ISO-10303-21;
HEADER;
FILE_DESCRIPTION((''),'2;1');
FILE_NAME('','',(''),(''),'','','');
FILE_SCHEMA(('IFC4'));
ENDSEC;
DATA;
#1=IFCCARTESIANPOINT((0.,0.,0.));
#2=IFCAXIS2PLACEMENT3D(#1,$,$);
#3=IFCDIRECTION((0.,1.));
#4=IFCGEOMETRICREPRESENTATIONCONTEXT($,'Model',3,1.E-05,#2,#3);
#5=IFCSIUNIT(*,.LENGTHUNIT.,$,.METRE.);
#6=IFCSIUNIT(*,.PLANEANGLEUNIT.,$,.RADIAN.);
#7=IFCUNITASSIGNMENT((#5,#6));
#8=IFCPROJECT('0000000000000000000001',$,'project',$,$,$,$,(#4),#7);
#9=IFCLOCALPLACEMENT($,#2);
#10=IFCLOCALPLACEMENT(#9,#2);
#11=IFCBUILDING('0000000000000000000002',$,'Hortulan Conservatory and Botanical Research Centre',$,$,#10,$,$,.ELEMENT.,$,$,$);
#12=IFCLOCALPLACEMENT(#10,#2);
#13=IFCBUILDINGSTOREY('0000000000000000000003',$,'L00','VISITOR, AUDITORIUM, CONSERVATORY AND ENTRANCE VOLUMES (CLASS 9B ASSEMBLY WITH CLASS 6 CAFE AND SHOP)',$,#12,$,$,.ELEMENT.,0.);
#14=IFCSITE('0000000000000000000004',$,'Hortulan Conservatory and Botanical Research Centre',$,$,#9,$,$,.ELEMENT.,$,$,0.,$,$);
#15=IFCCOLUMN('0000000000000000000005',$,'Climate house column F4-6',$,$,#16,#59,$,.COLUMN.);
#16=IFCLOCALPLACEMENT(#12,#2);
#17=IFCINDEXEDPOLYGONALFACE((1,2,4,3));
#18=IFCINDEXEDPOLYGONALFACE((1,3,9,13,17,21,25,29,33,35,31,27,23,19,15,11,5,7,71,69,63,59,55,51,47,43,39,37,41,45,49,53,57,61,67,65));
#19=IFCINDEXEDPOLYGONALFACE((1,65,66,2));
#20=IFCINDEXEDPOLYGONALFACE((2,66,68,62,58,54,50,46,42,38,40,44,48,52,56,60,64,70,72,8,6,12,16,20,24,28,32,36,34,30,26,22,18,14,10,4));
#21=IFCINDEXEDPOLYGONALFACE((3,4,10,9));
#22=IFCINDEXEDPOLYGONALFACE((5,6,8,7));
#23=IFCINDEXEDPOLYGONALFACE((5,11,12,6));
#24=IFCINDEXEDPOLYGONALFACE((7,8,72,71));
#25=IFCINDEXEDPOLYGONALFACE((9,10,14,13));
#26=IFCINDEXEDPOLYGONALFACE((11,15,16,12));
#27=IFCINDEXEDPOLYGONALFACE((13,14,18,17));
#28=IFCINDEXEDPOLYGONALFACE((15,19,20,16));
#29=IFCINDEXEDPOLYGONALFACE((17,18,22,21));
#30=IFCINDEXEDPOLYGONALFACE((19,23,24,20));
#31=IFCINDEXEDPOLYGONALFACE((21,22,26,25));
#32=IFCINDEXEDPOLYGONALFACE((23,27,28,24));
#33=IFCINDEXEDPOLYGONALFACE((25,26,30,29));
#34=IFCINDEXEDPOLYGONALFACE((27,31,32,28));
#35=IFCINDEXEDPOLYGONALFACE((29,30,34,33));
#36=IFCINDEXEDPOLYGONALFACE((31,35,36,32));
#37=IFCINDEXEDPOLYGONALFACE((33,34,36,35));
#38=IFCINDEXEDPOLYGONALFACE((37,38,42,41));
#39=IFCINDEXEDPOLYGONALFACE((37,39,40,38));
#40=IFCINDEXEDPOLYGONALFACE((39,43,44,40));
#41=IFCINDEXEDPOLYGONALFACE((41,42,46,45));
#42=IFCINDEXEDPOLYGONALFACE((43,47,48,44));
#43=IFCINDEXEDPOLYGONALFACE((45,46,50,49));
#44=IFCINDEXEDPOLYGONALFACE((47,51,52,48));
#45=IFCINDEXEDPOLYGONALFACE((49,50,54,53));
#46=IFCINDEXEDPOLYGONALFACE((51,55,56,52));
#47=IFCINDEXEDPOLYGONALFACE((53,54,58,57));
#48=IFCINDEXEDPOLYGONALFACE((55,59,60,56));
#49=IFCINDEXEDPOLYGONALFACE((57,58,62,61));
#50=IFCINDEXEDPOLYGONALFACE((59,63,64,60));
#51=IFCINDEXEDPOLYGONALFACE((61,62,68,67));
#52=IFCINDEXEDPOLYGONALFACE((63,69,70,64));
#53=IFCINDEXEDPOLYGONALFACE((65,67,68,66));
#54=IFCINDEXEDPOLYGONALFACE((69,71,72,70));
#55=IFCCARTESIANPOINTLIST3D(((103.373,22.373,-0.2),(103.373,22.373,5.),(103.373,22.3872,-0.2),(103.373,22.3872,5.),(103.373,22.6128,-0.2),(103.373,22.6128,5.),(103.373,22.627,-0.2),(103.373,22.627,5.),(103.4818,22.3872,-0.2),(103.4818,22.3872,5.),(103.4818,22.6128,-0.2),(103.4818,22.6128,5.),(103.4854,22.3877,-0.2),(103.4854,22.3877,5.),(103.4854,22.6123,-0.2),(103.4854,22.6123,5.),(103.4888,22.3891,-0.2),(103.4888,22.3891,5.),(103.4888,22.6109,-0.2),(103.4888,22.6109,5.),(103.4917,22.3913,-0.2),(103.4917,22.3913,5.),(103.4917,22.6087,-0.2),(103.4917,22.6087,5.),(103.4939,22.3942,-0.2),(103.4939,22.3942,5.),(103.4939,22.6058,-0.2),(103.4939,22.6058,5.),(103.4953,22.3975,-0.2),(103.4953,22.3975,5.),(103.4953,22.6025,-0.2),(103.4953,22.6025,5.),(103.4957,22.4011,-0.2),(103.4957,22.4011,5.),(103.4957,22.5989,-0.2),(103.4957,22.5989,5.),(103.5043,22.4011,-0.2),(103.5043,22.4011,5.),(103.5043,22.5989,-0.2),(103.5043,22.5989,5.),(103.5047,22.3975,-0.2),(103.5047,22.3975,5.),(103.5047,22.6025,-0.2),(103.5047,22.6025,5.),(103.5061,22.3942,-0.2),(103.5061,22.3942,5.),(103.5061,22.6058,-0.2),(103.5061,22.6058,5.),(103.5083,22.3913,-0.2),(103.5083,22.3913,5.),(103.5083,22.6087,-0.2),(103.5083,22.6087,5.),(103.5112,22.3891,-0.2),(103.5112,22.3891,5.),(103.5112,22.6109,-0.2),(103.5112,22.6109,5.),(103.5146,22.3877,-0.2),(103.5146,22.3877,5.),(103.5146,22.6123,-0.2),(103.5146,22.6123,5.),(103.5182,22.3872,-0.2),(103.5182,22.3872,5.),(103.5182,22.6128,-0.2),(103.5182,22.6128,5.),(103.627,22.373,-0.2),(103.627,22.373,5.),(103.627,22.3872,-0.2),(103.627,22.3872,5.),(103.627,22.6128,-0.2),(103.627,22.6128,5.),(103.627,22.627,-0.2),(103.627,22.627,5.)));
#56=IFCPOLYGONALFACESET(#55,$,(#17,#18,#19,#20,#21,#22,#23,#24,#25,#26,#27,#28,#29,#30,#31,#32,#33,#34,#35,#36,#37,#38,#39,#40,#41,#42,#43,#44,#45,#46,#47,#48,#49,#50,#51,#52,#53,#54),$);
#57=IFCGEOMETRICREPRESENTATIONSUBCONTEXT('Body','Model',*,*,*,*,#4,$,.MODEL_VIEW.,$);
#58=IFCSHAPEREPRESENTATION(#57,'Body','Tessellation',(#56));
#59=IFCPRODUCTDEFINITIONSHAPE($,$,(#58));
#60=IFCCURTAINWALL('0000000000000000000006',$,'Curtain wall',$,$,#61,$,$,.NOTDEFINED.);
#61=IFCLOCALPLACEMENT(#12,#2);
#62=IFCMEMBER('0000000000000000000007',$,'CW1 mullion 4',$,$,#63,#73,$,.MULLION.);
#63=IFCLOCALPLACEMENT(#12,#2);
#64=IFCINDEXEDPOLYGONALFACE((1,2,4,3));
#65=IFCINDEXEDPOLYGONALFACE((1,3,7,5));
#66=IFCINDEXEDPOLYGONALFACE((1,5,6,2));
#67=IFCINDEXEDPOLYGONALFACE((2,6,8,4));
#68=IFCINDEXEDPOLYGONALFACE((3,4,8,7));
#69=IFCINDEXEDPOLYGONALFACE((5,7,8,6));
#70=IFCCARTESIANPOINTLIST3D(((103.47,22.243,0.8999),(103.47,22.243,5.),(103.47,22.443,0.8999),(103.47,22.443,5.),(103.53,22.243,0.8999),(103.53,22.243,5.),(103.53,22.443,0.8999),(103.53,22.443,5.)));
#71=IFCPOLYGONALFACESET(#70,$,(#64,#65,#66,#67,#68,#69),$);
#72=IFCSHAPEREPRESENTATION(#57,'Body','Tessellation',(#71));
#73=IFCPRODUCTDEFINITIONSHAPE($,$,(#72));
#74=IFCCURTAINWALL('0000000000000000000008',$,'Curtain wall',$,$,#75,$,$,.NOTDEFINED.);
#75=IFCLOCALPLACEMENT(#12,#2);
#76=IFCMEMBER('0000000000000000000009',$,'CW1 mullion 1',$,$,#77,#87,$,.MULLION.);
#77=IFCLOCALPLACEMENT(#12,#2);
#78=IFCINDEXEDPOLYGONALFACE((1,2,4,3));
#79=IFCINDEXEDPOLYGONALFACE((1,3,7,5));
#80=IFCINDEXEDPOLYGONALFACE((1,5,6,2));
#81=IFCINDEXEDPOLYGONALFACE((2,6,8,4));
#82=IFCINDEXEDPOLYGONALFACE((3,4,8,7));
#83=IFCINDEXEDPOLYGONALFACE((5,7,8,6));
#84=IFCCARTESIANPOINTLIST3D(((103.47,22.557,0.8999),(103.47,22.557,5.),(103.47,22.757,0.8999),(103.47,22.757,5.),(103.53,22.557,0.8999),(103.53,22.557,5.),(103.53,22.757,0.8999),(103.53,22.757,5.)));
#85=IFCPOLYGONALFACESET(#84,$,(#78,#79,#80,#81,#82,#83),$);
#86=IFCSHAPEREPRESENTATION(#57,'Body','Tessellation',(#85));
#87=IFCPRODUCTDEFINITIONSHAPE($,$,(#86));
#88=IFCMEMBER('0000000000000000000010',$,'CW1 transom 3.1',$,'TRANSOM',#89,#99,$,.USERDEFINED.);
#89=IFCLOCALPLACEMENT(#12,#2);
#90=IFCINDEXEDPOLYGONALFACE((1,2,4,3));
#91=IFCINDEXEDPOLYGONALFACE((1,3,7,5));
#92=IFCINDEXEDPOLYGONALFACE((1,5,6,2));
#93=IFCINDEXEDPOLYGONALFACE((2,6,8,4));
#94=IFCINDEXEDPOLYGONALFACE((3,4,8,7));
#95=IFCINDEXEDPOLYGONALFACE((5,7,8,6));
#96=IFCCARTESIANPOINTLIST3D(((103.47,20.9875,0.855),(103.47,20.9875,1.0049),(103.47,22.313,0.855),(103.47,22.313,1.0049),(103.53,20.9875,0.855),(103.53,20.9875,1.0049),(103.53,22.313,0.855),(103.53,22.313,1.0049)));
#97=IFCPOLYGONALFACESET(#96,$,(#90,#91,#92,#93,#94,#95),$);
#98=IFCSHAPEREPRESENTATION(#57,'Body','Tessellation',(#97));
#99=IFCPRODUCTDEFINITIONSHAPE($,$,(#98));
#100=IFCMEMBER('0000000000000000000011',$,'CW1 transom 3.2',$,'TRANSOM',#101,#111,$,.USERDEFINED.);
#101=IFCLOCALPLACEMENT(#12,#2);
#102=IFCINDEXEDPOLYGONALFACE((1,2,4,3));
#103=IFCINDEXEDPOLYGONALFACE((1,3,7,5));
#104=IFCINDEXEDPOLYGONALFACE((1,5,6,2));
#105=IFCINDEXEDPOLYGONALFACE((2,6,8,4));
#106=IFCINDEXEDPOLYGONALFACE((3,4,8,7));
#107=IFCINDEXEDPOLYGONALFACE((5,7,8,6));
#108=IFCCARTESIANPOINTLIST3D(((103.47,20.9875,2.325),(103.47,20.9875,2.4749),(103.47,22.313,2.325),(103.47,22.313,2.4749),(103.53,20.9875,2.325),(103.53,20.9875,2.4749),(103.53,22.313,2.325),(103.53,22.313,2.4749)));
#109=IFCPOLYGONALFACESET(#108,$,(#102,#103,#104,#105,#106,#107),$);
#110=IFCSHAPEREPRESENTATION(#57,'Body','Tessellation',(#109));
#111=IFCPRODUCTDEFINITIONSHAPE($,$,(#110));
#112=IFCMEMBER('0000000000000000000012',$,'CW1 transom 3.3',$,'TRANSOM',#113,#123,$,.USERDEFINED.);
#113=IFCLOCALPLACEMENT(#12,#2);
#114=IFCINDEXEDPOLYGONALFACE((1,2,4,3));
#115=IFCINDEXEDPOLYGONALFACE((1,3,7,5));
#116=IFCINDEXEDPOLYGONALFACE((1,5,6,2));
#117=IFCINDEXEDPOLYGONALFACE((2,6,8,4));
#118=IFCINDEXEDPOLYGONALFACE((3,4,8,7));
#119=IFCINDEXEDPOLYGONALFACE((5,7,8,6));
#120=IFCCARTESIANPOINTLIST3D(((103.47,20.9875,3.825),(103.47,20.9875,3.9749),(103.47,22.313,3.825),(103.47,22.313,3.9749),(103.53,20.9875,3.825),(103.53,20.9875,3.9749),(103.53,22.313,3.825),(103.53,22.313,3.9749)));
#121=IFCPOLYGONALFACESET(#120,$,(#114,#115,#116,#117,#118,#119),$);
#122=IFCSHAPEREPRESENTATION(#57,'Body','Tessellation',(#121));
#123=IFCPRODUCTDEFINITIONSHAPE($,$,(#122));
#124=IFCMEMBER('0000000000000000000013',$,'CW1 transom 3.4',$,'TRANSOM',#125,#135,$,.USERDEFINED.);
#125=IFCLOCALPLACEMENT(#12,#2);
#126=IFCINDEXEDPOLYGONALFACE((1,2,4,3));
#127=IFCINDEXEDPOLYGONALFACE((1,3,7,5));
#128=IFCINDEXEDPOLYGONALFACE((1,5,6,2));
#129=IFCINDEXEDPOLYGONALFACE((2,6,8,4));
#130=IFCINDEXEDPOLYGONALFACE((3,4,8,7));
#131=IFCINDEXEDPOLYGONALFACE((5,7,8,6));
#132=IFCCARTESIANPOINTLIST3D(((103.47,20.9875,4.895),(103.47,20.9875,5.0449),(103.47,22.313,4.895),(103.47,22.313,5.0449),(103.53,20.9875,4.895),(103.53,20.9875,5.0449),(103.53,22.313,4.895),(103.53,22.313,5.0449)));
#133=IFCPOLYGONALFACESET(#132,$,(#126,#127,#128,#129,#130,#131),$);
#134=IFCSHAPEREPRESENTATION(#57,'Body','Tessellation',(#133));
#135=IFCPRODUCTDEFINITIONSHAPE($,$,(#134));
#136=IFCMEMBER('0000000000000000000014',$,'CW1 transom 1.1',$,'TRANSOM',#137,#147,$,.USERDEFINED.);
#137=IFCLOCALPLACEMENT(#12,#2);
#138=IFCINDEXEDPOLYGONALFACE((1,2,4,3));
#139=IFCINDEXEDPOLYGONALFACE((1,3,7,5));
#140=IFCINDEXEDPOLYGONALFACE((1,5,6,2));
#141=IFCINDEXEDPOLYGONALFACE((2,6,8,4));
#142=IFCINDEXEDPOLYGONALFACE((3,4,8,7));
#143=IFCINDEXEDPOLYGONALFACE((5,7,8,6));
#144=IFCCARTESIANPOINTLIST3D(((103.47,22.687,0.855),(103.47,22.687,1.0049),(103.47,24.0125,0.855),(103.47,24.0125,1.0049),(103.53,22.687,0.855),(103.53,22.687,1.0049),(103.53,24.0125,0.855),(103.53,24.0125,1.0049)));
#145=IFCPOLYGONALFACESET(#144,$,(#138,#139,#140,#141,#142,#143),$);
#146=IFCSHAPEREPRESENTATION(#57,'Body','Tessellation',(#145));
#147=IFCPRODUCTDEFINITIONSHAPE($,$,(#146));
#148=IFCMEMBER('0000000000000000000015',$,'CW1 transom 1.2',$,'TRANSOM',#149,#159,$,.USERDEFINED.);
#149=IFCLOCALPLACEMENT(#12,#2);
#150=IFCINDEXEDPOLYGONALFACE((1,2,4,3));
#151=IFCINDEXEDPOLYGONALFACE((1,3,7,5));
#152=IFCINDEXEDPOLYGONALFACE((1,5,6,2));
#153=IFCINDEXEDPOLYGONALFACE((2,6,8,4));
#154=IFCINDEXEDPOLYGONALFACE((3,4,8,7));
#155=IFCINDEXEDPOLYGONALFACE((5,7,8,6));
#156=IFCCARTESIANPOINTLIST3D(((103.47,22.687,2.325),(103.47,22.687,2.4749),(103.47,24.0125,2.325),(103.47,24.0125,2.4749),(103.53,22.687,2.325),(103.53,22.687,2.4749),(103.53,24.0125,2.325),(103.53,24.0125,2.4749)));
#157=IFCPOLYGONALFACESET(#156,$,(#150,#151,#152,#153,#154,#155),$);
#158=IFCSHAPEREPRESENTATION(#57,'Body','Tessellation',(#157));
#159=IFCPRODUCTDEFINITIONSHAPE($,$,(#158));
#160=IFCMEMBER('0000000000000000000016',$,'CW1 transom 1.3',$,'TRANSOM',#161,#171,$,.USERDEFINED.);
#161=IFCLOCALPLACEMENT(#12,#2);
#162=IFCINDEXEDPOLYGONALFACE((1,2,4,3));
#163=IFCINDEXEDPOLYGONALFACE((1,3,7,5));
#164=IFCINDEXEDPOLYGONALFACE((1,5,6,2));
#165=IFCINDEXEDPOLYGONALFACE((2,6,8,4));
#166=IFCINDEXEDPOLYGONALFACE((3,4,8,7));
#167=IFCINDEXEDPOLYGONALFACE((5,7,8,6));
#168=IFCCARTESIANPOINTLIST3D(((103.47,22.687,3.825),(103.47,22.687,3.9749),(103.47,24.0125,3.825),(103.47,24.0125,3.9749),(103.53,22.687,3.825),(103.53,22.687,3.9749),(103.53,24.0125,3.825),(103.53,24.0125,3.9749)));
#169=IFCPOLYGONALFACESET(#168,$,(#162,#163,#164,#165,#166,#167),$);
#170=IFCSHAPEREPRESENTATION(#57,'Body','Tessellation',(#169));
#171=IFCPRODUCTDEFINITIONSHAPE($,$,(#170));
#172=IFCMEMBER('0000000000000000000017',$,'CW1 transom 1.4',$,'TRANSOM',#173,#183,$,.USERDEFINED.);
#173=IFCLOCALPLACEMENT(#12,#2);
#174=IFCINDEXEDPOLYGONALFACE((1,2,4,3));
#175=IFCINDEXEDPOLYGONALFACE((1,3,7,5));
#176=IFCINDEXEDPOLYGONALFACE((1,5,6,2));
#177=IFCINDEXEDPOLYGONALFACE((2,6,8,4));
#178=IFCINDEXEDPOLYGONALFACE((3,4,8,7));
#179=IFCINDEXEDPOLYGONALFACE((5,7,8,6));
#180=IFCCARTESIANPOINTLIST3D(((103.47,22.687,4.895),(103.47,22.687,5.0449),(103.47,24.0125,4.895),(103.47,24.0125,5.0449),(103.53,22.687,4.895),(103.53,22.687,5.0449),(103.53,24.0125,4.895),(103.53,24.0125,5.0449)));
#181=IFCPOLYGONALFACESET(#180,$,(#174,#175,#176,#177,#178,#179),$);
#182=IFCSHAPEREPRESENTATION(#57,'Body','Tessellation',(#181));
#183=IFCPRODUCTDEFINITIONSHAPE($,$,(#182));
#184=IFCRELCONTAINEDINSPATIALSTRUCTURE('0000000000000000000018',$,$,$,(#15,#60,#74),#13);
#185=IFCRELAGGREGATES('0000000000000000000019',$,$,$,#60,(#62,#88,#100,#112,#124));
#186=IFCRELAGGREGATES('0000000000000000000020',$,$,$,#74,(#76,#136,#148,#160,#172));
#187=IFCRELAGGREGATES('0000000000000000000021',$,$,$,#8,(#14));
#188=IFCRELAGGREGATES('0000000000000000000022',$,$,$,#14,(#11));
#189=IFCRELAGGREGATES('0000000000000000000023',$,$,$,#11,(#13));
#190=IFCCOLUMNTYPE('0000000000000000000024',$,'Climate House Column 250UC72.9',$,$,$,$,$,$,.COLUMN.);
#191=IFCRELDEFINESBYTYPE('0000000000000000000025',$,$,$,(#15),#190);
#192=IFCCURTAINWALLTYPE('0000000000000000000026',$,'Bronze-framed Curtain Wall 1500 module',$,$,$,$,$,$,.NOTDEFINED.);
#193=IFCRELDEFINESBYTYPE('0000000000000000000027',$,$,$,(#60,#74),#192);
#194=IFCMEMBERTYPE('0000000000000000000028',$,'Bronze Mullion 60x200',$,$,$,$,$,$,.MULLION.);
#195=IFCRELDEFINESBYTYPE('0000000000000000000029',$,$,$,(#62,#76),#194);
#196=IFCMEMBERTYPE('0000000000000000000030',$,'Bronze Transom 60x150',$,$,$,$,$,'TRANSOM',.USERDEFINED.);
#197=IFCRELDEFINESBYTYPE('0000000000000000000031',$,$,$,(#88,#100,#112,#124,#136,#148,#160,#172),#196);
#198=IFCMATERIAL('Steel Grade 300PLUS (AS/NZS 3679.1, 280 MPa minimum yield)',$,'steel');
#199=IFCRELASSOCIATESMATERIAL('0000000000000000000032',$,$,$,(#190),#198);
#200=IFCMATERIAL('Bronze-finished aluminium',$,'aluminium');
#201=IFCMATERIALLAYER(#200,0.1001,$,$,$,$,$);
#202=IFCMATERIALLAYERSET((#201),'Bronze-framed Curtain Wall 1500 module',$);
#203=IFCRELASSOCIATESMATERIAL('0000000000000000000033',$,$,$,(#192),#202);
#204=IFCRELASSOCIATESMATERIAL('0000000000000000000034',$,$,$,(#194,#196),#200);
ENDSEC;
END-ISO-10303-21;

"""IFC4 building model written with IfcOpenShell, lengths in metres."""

from ifc_helpers import new_model, si_unit, direction, frame, origin, origin_2d, place, context, subcontext, project, spatial, rectangle, i_section, extrude, material, layer, layer_set, material_profile, profile_set, type_object, element, aggregate, save


model = new_model("IFC4")

# Units and contexts
model_context = context("Model", 3, precision=1e-05, world=origin(), true_north=direction((0.0, 1.0)))
body_context = subcontext(model_context, "Body", "Model", "MODEL_VIEW")
ifc_project = project(units=[si_unit("LENGTHUNIT", "METRE"), si_unit("PLANEANGLEUNIT", "RADIAN")], contexts=[model_context])

# Site, building, storey
site_placement = place(None, origin())
site = spatial("IfcSite", under=ifc_project, at=site_placement, Name="Hortulan Conservatory and Botanical Research Centre", CompositionType="ELEMENT", RefElevation=0.0)
building_placement = place(site_placement, origin())
building = spatial("IfcBuilding", under=site, at=building_placement, Name="Hortulan Conservatory and Botanical Research Centre", CompositionType="ELEMENT")
storey_placement = place(building_placement, origin())
storey = spatial("IfcBuildingStorey", under=building, at=storey_placement, Name="L00", Description="VISITOR, AUDITORIUM, CONSERVATORY AND ENTRANCE VOLUMES (CLASS 9B ASSEMBLY WITH CLASS 6 CAFE AND SHOP)", CompositionType="ELEMENT", Elevation=0.0)

# Column
ifc_material_1 = material(Name="Steel Grade 300PLUS (AS/NZS 3679.1, 280 MPa minimum yield)", Category="steel")
ifc_material_profile_1 = material_profile(ifc_material_1, i_section(OverallWidth=0.2539, OverallDepth=0.2539, WebThickness=0.0085, FlangeThickness=0.0142, FilletRadius=0.0139, at=origin_2d()), Name="250UC72.9")
ifc_profile_set_1 = profile_set([ifc_material_profile_1], Name="Steel Grade 300PLUS (AS/NZS 3679.1, 280 MPa minimum yield)")
column_type = type_object("IfcColumnType", Name="Climate House Column 250UC72.9", PredefinedType="COLUMN", material=ifc_profile_set_1)
column_placement = place(storey_placement, frame((103.5, 22.5, -0.2), z_axis=(0.0, 0.0, 1.0), x_axis=(1.0, 0.0, 0.0)))
element("IfcColumn", 1, at=column_placement, inside=storey, type_object=column_type, Name="Climate house column F4-6", PredefinedType="COLUMN", context=body_context, shape_type="SweptSolid", body=[
    extrude(i_section(OverallWidth=0.2539, OverallDepth=0.2539, WebThickness=0.0085, FlangeThickness=0.0142, FilletRadius=0.0139, at=origin_2d()), origin(), (0.0, 0.0, 1.0), 5.2),
])

# Curtain walls, members
ifc_material_2 = material(Name="Bronze-finished aluminium", Category="aluminium")
ifc_layer_1 = layer(ifc_material_2, 0.1001)
ifc_layer_set_1 = layer_set([ifc_layer_1], Name="Bronze-framed Curtain Wall 1500 module")
curtain_wall_type = type_object("IfcCurtainWallType", Name="Bronze-framed Curtain Wall 1500 module", PredefinedType="NOTDEFINED", material=ifc_layer_set_1)
curtain_wall_1_placement = place(storey_placement, origin())
curtain_wall_1 = element("IfcCurtainWall", 2, at=curtain_wall_1_placement, inside=storey, type_object=curtain_wall_type, Name="Curtain wall", PredefinedType="NOTDEFINED")
ifc_material_profile_2 = material_profile(ifc_material_2, rectangle(XDim=0.0601, YDim=0.2, at=origin_2d()), Name="Bronze Mullion 60x200")
ifc_profile_set_2 = profile_set([ifc_material_profile_2], Name="Bronze-finished aluminium")
member_type_1 = type_object("IfcMemberType", Name="Bronze Mullion 60x200", PredefinedType="MULLION", material=ifc_profile_set_2)
member_1_placement = place(storey_placement, frame((103.5, 22.343, 0.8999), z_axis=(0.0, 0.0, 1.0), x_axis=(-1.0, 0.0, 0.0)))
member_1 = element("IfcMember", 3, at=member_1_placement, type_object=member_type_1, Name="CW1 mullion 4", PredefinedType="MULLION", context=body_context, shape_type="SweptSolid", body=[
    extrude(rectangle(XDim=0.0601, YDim=0.2, at=origin_2d()), origin(), (0.0, 0.0, 1.0), 4.1001),
])
curtain_wall_2_placement = place(storey_placement, origin())
curtain_wall_2 = element("IfcCurtainWall", 4, at=curtain_wall_2_placement, inside=storey, type_object=curtain_wall_type, Name="Curtain wall", PredefinedType="NOTDEFINED")
member_2_placement = place(storey_placement, frame((103.5, 22.657, 0.8999), z_axis=(0.0, 0.0, 1.0), x_axis=(-1.0, 0.0, 0.0)))
member_2 = element("IfcMember", 5, at=member_2_placement, type_object=member_type_1, Name="CW1 mullion 1", PredefinedType="MULLION", context=body_context, shape_type="SweptSolid", body=[
    extrude(rectangle(XDim=0.0601, YDim=0.2, at=origin_2d()), origin(), (0.0, 0.0, 1.0), 4.1001),
])

# Members
ifc_material_profile_3 = material_profile(ifc_material_2, rectangle(XDim=0.0601, YDim=0.1499, at=origin_2d()), Name="Bronze Transom 60x150")
ifc_profile_set_3 = profile_set([ifc_material_profile_3], Name="Bronze-finished aluminium")
member_type_2 = type_object("IfcMemberType", Name="Bronze Transom 60x150", ElementType="TRANSOM", PredefinedType="USERDEFINED", material=ifc_profile_set_3)
member_3_placement = place(storey_placement, frame((103.5, 20.9875, 0.9299), z_axis=(0.0, 1.0, 0.0), x_axis=(-1.0, 0.0, 0.0)))
member_3 = element("IfcMember", 6, at=member_3_placement, type_object=member_type_2, Name="CW1 transom 3.1", ObjectType="TRANSOM", PredefinedType="USERDEFINED", context=body_context, shape_type="SweptSolid", body=[
    extrude(rectangle(XDim=0.0601, YDim=0.1499, at=origin_2d()), origin(), (0.0, 0.0, 1.0), 1.3254),
])
member_4_placement = place(storey_placement, frame((103.5, 20.9875, 2.3999), z_axis=(0.0, 1.0, 0.0), x_axis=(-1.0, 0.0, 0.0)))
member_4 = element("IfcMember", 7, at=member_4_placement, type_object=member_type_2, Name="CW1 transom 3.2", ObjectType="TRANSOM", PredefinedType="USERDEFINED", context=body_context, shape_type="SweptSolid", body=[
    extrude(rectangle(XDim=0.0601, YDim=0.1499, at=origin_2d()), origin(), (0.0, 0.0, 1.0), 1.3254),
])
member_5_placement = place(storey_placement, frame((103.5, 20.9875, 3.8999), z_axis=(0.0, 1.0, 0.0), x_axis=(-1.0, 0.0, 0.0)))
member_5 = element("IfcMember", 8, at=member_5_placement, type_object=member_type_2, Name="CW1 transom 3.3", ObjectType="TRANSOM", PredefinedType="USERDEFINED", context=body_context, shape_type="SweptSolid", body=[
    extrude(rectangle(XDim=0.0601, YDim=0.1499, at=origin_2d()), origin(), (0.0, 0.0, 1.0), 1.3254),
])
member_6_placement = place(storey_placement, frame((103.5, 20.9875, 4.97), z_axis=(0.0, 1.0, 0.0), x_axis=(-1.0, 0.0, 0.0)))
member_6 = element("IfcMember", 9, at=member_6_placement, type_object=member_type_2, Name="CW1 transom 3.4", ObjectType="TRANSOM", PredefinedType="USERDEFINED", context=body_context, shape_type="SweptSolid", body=[
    extrude(rectangle(XDim=0.0601, YDim=0.1499, at=origin_2d()), origin(), (0.0, 0.0, 1.0), 1.3254),
])
member_7_placement = place(storey_placement, frame((103.5, 22.687, 0.9299), z_axis=(0.0, 1.0, 0.0), x_axis=(-1.0, 0.0, 0.0)))
member_7 = element("IfcMember", 10, at=member_7_placement, type_object=member_type_2, Name="CW1 transom 1.1", ObjectType="TRANSOM", PredefinedType="USERDEFINED", context=body_context, shape_type="SweptSolid", body=[
    extrude(rectangle(XDim=0.0601, YDim=0.1499, at=origin_2d()), origin(), (0.0, 0.0, 1.0), 1.3254),
])
member_8_placement = place(storey_placement, frame((103.5, 22.687, 2.3999), z_axis=(0.0, 1.0, 0.0), x_axis=(-1.0, 0.0, 0.0)))
member_8 = element("IfcMember", 11, at=member_8_placement, type_object=member_type_2, Name="CW1 transom 1.2", ObjectType="TRANSOM", PredefinedType="USERDEFINED", context=body_context, shape_type="SweptSolid", body=[
    extrude(rectangle(XDim=0.0601, YDim=0.1499, at=origin_2d()), origin(), (0.0, 0.0, 1.0), 1.3254),
])
member_9_placement = place(storey_placement, frame((103.5, 22.687, 3.8999), z_axis=(0.0, 1.0, 0.0), x_axis=(-1.0, 0.0, 0.0)))
member_9 = element("IfcMember", 12, at=member_9_placement, type_object=member_type_2, Name="CW1 transom 1.3", ObjectType="TRANSOM", PredefinedType="USERDEFINED", context=body_context, shape_type="SweptSolid", body=[
    extrude(rectangle(XDim=0.0601, YDim=0.1499, at=origin_2d()), origin(), (0.0, 0.0, 1.0), 1.3254),
])
member_10_placement = place(storey_placement, frame((103.5, 22.687, 4.97), z_axis=(0.0, 1.0, 0.0), x_axis=(-1.0, 0.0, 0.0)))
member_10 = element("IfcMember", 13, at=member_10_placement, type_object=member_type_2, Name="CW1 transom 1.4", ObjectType="TRANSOM", PredefinedType="USERDEFINED", context=body_context, shape_type="SweptSolid", body=[
    extrude(rectangle(XDim=0.0601, YDim=0.1499, at=origin_2d()), origin(), (0.0, 0.0, 1.0), 1.3254),
])

aggregate(curtain_wall_1, [member_1, member_3, member_4, member_5, member_6])
aggregate(curtain_wall_2, [member_2, member_7, member_8, member_9, member_10])

save(model, "model.ifc")
